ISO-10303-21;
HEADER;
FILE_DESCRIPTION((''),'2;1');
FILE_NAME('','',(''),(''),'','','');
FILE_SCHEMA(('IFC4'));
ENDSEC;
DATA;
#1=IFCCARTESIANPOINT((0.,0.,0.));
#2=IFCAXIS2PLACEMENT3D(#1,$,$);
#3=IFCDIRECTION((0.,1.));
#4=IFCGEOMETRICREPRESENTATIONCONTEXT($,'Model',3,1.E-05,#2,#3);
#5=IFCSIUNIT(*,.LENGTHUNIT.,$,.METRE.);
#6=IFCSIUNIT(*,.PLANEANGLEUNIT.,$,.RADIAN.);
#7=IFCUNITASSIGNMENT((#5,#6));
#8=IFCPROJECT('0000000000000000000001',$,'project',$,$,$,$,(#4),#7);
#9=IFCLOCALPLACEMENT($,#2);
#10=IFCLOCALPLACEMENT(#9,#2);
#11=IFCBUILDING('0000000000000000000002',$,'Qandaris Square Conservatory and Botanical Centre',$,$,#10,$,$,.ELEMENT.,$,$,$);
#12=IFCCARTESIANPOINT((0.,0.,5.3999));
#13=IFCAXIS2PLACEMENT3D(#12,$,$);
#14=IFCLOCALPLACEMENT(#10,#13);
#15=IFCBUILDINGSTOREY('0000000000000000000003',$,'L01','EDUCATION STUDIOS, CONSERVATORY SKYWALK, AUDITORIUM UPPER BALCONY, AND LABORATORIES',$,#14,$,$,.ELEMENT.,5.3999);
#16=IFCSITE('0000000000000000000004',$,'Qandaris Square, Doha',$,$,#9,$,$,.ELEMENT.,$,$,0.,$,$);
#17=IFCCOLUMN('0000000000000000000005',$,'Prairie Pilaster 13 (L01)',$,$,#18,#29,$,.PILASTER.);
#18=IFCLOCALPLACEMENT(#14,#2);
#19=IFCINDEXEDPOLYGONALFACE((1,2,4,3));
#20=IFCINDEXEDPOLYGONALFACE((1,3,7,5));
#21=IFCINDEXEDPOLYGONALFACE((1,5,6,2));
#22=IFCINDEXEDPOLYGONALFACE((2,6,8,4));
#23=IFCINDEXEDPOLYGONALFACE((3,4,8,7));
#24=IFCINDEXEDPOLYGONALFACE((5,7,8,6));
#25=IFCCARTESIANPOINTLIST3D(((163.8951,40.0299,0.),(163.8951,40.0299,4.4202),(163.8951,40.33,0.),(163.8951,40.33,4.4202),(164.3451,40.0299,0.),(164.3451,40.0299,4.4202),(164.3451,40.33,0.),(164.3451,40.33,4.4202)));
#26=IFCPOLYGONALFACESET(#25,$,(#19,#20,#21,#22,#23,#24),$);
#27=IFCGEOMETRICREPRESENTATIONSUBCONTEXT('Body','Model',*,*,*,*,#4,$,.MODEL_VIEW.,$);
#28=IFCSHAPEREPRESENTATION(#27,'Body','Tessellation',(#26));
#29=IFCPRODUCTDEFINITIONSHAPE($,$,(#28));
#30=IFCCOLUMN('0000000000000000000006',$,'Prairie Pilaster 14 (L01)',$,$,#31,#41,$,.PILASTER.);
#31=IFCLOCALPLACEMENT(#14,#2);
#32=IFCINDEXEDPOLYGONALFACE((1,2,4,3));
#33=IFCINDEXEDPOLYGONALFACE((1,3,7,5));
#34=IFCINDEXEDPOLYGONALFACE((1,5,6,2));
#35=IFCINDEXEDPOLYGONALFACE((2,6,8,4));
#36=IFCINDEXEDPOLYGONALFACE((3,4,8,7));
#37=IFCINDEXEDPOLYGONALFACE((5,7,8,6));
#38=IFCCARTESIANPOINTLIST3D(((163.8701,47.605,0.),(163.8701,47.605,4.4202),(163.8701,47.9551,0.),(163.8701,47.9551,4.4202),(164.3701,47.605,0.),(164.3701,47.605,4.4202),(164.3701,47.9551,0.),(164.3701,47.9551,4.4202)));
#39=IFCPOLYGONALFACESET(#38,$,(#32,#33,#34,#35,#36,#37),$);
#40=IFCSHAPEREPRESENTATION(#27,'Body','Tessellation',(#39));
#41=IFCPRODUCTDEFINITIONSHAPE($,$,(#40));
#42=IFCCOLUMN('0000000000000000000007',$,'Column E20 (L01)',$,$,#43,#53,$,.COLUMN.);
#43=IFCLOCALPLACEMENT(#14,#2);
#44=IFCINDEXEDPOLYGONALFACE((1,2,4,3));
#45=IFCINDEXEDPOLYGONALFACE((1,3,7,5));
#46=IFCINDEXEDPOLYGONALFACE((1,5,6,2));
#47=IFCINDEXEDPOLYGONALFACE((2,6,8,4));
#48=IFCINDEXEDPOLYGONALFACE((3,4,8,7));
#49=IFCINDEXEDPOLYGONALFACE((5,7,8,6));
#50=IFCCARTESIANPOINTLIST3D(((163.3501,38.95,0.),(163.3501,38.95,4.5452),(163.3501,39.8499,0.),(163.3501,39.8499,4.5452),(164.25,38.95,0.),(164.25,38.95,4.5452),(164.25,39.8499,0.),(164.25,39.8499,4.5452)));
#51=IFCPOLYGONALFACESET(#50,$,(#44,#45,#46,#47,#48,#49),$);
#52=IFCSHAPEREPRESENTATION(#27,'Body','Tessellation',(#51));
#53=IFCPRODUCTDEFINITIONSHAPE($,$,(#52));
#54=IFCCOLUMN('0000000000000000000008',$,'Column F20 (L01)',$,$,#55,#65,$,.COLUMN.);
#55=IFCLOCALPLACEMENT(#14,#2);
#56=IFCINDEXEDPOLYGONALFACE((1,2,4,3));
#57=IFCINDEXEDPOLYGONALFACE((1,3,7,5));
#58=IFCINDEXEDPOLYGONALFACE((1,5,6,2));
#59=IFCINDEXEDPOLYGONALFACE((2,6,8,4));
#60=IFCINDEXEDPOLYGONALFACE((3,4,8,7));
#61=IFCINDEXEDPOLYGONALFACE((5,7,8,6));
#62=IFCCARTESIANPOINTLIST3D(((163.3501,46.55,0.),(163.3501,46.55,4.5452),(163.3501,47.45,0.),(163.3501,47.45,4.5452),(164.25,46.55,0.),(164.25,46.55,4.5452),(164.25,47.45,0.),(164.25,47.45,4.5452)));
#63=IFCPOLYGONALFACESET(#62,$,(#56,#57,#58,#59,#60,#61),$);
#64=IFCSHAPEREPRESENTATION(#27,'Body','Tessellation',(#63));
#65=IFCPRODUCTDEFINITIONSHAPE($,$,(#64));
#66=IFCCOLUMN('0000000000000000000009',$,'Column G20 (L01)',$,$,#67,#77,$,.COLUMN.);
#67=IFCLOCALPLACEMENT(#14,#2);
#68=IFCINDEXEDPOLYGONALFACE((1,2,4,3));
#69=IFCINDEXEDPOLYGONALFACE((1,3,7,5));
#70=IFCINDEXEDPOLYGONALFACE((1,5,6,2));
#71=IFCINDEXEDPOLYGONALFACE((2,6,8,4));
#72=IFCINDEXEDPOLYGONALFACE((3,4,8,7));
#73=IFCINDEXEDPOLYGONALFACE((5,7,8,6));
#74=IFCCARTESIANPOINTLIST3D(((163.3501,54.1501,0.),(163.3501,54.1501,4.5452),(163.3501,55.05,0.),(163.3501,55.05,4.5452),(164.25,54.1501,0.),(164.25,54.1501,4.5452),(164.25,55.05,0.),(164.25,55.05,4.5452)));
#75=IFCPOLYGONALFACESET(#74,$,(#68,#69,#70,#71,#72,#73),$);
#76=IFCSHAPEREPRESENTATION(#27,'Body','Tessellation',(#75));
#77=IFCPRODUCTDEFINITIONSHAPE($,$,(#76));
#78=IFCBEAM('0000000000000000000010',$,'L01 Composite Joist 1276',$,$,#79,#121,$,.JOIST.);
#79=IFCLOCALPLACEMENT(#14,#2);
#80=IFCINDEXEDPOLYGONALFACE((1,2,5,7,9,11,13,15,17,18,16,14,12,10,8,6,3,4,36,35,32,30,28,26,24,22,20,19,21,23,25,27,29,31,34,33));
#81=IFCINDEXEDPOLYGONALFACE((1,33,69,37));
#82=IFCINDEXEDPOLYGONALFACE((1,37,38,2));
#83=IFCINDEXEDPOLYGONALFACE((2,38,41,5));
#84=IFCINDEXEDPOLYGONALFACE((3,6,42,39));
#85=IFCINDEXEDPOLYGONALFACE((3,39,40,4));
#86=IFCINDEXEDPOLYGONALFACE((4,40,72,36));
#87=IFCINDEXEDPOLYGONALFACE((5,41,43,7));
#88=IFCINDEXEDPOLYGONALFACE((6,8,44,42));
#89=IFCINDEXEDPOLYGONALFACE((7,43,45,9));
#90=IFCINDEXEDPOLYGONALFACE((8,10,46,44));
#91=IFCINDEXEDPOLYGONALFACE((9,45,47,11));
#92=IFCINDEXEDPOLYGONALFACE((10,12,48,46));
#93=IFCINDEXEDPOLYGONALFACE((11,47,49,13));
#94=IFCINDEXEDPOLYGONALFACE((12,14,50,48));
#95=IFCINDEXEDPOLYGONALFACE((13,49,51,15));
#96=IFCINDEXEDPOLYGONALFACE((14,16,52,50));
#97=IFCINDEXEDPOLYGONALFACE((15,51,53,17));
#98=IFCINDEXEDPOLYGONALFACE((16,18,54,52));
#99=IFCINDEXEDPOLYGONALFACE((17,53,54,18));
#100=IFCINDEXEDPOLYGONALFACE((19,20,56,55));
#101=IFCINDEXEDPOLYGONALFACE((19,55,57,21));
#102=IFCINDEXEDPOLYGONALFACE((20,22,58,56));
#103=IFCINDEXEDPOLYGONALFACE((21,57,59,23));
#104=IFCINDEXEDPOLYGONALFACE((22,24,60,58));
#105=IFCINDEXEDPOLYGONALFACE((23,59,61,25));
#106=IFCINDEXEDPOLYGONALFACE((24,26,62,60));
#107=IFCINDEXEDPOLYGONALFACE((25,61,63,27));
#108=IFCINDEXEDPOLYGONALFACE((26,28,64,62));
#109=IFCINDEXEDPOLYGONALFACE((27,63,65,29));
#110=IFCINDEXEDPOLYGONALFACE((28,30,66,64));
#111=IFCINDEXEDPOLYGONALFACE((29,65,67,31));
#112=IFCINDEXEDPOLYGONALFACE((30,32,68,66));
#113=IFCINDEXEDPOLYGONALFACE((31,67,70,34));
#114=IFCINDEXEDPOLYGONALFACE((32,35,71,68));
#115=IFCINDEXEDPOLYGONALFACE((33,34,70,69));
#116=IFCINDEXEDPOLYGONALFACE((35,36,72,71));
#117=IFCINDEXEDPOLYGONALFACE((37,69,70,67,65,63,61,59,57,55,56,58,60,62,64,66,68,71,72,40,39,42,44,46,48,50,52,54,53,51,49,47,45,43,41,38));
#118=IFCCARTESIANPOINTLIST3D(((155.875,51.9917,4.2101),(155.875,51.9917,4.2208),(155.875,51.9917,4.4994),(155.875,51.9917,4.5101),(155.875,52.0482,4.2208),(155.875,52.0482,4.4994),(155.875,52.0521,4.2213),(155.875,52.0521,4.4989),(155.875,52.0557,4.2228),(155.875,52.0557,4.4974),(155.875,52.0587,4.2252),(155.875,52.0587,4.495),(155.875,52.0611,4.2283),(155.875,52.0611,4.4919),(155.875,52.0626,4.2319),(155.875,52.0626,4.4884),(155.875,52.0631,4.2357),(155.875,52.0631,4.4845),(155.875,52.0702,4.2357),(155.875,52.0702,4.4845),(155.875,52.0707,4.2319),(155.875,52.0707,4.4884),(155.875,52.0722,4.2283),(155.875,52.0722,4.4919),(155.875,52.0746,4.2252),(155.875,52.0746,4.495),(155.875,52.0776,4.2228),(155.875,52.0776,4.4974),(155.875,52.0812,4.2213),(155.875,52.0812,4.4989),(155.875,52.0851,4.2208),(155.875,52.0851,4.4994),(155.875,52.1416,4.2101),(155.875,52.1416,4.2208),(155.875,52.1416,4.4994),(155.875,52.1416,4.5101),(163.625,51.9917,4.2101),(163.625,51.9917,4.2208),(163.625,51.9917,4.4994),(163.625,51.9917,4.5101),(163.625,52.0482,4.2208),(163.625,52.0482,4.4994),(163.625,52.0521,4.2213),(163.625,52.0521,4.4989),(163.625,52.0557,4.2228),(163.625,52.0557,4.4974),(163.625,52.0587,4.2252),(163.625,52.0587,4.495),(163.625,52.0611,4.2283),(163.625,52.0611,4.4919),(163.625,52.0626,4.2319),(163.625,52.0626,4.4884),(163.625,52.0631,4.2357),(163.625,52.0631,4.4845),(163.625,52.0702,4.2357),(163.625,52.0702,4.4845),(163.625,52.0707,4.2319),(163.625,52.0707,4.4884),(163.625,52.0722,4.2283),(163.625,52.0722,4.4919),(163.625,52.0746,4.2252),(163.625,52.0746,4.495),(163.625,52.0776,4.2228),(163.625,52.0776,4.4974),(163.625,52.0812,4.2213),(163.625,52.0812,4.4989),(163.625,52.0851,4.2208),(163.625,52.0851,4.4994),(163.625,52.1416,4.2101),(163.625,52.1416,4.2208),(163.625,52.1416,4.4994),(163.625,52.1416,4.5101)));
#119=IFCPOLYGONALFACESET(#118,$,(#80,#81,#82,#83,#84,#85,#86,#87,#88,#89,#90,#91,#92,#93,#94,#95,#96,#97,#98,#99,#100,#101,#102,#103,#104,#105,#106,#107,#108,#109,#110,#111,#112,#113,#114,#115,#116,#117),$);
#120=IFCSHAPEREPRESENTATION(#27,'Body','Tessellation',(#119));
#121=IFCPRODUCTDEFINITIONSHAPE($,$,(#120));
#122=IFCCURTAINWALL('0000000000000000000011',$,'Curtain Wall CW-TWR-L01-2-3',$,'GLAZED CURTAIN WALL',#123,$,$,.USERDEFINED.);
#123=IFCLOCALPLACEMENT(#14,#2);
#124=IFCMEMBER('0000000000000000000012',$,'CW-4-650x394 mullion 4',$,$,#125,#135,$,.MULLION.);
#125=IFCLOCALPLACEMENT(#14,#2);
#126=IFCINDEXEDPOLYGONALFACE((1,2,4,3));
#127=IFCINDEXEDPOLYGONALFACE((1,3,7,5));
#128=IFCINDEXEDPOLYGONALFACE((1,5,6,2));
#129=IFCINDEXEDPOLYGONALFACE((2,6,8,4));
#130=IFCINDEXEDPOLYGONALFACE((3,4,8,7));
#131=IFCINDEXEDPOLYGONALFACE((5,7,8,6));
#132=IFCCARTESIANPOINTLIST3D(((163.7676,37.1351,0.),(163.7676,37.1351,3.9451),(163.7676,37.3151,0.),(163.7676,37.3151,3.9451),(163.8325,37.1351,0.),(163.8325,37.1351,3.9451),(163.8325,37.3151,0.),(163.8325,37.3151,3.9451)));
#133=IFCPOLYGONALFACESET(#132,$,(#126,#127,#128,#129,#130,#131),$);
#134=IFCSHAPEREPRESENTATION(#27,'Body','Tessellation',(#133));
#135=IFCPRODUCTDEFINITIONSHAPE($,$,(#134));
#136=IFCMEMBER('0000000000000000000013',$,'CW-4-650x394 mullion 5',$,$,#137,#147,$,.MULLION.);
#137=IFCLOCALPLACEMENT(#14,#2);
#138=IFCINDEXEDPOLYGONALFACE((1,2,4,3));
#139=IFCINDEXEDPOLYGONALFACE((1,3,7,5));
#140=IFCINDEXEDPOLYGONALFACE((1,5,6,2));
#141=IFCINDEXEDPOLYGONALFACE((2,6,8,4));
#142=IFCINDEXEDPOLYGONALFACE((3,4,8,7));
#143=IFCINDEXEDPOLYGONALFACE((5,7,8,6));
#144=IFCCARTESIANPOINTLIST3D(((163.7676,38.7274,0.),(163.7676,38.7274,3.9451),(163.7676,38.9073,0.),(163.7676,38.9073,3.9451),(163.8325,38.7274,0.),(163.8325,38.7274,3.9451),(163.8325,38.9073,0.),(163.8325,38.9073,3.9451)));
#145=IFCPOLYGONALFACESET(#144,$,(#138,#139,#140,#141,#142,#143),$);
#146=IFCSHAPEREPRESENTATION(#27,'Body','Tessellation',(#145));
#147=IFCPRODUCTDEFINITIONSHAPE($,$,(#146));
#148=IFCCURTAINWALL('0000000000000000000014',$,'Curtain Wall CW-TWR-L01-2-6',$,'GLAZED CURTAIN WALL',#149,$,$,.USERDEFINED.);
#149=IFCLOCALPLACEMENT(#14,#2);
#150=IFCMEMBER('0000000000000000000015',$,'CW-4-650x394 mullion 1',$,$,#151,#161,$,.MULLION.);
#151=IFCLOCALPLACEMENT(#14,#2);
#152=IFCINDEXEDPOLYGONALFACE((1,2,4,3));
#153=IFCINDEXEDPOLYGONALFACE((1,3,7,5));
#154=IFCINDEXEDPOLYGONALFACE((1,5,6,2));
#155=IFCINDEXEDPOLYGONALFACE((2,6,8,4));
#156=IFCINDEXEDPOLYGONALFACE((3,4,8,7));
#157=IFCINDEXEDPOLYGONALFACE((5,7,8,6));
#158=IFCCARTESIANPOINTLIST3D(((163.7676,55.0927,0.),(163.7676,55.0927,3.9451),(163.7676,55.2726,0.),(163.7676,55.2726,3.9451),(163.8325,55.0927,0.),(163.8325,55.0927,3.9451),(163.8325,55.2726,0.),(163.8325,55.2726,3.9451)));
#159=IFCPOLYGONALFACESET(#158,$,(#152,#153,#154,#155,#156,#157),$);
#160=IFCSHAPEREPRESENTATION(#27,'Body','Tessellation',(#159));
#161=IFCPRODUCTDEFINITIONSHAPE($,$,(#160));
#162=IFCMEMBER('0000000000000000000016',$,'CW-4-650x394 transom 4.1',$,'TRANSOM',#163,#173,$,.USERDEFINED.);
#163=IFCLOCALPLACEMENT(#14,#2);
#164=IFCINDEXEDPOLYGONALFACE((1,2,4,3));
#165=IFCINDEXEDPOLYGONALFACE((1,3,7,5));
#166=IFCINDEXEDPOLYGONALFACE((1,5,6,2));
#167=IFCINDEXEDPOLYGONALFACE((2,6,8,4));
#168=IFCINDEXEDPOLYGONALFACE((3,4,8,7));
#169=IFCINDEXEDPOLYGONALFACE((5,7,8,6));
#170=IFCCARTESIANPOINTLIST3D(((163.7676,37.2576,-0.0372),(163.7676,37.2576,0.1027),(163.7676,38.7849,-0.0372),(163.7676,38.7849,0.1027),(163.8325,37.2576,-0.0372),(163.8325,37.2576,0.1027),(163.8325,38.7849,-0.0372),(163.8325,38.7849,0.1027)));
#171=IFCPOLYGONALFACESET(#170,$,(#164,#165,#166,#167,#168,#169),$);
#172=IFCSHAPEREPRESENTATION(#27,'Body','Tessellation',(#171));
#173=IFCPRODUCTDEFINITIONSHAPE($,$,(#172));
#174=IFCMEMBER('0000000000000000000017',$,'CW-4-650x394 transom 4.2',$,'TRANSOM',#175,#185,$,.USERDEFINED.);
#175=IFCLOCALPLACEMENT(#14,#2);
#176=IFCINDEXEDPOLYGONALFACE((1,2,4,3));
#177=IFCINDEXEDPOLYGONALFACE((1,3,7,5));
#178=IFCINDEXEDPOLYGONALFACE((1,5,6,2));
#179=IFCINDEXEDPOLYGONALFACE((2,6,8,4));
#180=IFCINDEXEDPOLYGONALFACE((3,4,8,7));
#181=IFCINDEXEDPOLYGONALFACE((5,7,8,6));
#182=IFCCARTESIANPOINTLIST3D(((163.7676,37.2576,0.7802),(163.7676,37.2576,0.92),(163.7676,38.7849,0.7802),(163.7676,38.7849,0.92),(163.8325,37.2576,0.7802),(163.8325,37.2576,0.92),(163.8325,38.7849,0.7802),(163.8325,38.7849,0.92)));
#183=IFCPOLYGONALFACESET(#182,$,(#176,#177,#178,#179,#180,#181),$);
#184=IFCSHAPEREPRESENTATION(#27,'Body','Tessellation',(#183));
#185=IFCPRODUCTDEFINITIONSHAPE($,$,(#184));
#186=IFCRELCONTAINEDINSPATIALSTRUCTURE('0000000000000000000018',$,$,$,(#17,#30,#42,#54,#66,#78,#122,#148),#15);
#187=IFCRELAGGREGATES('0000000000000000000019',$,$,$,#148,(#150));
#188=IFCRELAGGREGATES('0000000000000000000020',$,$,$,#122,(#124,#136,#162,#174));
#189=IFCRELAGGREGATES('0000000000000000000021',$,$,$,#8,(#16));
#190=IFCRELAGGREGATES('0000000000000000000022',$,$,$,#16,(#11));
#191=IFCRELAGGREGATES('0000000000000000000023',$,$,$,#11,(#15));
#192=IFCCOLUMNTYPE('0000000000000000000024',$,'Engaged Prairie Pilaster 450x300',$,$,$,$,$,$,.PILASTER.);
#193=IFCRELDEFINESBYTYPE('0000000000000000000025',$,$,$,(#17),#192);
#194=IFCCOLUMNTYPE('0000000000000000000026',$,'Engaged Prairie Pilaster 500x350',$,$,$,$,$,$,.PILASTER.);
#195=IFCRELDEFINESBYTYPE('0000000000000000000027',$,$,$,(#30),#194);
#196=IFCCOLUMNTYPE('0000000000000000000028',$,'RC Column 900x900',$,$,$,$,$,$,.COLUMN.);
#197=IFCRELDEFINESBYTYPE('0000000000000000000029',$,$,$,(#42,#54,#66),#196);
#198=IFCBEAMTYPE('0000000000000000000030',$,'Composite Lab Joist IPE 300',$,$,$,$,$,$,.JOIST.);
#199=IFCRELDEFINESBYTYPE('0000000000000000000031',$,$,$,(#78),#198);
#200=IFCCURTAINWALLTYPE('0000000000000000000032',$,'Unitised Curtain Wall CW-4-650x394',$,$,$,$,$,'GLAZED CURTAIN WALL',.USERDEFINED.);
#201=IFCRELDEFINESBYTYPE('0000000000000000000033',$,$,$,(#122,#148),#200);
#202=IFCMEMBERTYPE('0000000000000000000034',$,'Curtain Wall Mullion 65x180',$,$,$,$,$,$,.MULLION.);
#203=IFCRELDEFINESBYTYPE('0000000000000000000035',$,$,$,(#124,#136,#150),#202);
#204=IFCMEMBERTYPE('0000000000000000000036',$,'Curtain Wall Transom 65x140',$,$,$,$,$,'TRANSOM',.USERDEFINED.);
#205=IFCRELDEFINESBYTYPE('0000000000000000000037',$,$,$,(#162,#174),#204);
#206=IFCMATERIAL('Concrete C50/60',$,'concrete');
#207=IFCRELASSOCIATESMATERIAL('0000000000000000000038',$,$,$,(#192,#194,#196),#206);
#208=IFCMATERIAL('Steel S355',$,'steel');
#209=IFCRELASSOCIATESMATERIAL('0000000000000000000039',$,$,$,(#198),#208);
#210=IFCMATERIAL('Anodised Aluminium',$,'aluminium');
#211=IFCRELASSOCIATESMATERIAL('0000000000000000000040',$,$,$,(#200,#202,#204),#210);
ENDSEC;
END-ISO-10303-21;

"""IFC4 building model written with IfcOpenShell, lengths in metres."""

from ifc_helpers import new_model, si_unit, direction, frame, origin, origin_2d, place, context, subcontext, project, spatial, rectangle, i_section, extrude, material, material_profile, profile_set, type_object, element, aggregate, save


model = new_model("IFC4")

# Units and contexts
model_context = context("Model", 3, precision=1e-05, world=origin(), true_north=direction((0.0, 1.0)))
body_context = subcontext(model_context, "Body", "Model", "MODEL_VIEW")
ifc_project = project(units=[si_unit("LENGTHUNIT", "METRE"), si_unit("PLANEANGLEUNIT", "RADIAN")], contexts=[model_context])

# Site, building, storey
site_placement = place(None, origin())
site = spatial("IfcSite", under=ifc_project, at=site_placement, Name="Qandaris Square, Doha", CompositionType="ELEMENT", RefElevation=0.0)
building_placement = place(site_placement, origin())
building = spatial("IfcBuilding", under=site, at=building_placement, Name="Qandaris Square Conservatory and Botanical Centre", CompositionType="ELEMENT")
storey_placement = place(building_placement, frame((0.0, 0.0, 5.3999)))
storey = spatial("IfcBuildingStorey", under=building, at=storey_placement, Name="L01", Description="EDUCATION STUDIOS, CONSERVATORY SKYWALK, AUDITORIUM UPPER BALCONY, AND LABORATORIES", CompositionType="ELEMENT", Elevation=5.3999)

# Columns
ifc_material_1 = material(Name="Concrete C50/60", Category="concrete")
ifc_material_profile_1 = material_profile(ifc_material_1, rectangle(XDim=0.45, YDim=0.3, at=origin_2d()), Name="RC-PIL 450x300")
ifc_profile_set_1 = profile_set([ifc_material_profile_1], Name="Concrete C50/60")
column_type_1 = type_object("IfcColumnType", Name="Engaged Prairie Pilaster 450x300", PredefinedType="PILASTER", material=ifc_profile_set_1)
column_1_placement = place(storey_placement, frame((164.1201, 40.1799, 0.0), z_axis=(0.0, 0.0, 1.0), x_axis=(1.0, 0.0, 0.0)))
element("IfcColumn", 1, at=column_1_placement, inside=storey, type_object=column_type_1, Name="Prairie Pilaster 13 (L01)", PredefinedType="PILASTER", context=body_context, shape_type="SweptSolid", body=[
    extrude(rectangle(XDim=0.45, YDim=0.3, at=origin_2d()), origin(), (0.0, 0.0, 1.0), 4.4202),
])
ifc_material_profile_2 = material_profile(ifc_material_1, rectangle(XDim=0.5, YDim=0.3501, at=origin_2d()), Name="RC-PIL 500x350")
ifc_profile_set_2 = profile_set([ifc_material_profile_2], Name="Concrete C50/60")
column_type_2 = type_object("IfcColumnType", Name="Engaged Prairie Pilaster 500x350", PredefinedType="PILASTER", material=ifc_profile_set_2)
column_2_placement = place(storey_placement, frame((164.1201, 47.78, 0.0), z_axis=(0.0, 0.0, 1.0), x_axis=(1.0, 0.0, 0.0)))
element("IfcColumn", 2, at=column_2_placement, inside=storey, type_object=column_type_2, Name="Prairie Pilaster 14 (L01)", PredefinedType="PILASTER", context=body_context, shape_type="SweptSolid", body=[
    extrude(rectangle(XDim=0.5, YDim=0.3501, at=origin_2d()), origin(), (0.0, 0.0, 1.0), 4.4202),
])
ifc_material_profile_3 = material_profile(ifc_material_1, rectangle(XDim=0.8999, YDim=0.8999, at=origin_2d()), Name="RC-COL 900x900")
ifc_profile_set_3 = profile_set([ifc_material_profile_3], Name="Concrete C50/60")
column_type_3 = type_object("IfcColumnType", Name="RC Column 900x900", PredefinedType="COLUMN", material=ifc_profile_set_3)
for number, where, z_axis, x_axis, name in (
    (3, (163.8, 39.3999, 0.0), (0.0, 0.0, 1.0), (1.0, 0.0, 0.0), "Column E20 (L01)"),
    (4, (163.8, 47.0, 0.0), (0.0, 0.0, 1.0), (1.0, 0.0, 0.0), "Column F20 (L01)"),
    (5, (163.8, 54.6001, 0.0), (0.0, 0.0, 1.0), (1.0, 0.0, 0.0), "Column G20 (L01)"),
):
    element("IfcColumn", number, at=place(storey_placement, frame(where, z_axis=z_axis, x_axis=x_axis)), inside=storey, type_object=column_type_3, Name=name, PredefinedType="COLUMN", context=body_context, shape_type="SweptSolid", body=[
        extrude(rectangle(XDim=0.8999, YDim=0.8999, at=origin_2d()), origin(), (0.0, 0.0, 1.0), 4.5452),
    ])

# Beam
ifc_material_2 = material(Name="Steel S355", Category="steel")
ifc_material_profile_4 = material_profile(ifc_material_2, i_section(OverallWidth=0.1499, OverallDepth=0.3, WebThickness=0.0071, FlangeThickness=0.0107, FilletRadius=0.0149, at=origin_2d()), Name="IPE 300")
ifc_profile_set_4 = profile_set([ifc_material_profile_4], Name="Steel S355")
beam_type_1 = type_object("IfcBeamType", Name="Composite Lab Joist IPE 300", PredefinedType="JOIST", material=ifc_profile_set_4)
beam_1_placement = place(storey_placement, frame((155.875, 52.0667, 4.3601), z_axis=(1.0, 0.0, 0.0), x_axis=(0.0, 1.0, 0.0)))
element("IfcBeam", 6, at=beam_1_placement, inside=storey, type_object=beam_type_1, Name="L01 Composite Joist 1276", PredefinedType="JOIST", context=body_context, shape_type="SweptSolid", body=[
    extrude(i_section(OverallWidth=0.1499, OverallDepth=0.3, WebThickness=0.0071, FlangeThickness=0.0107, FilletRadius=0.0149, at=origin_2d()), origin(), (0.0, 0.0, 1.0), 7.75),
])

# Curtain wall, members
ifc_material_3 = material(Name="Anodised Aluminium", Category="aluminium")
curtain_wall_type = type_object("IfcCurtainWallType", Name="Unitised Curtain Wall CW-4-650x394", ElementType="GLAZED CURTAIN WALL", PredefinedType="USERDEFINED", material=ifc_material_3)
curtain_wall_1_placement = place(storey_placement, origin())
curtain_wall_1 = element("IfcCurtainWall", 7, at=curtain_wall_1_placement, inside=storey, type_object=curtain_wall_type, Name="Curtain Wall CW-TWR-L01-2-3", ObjectType="GLAZED CURTAIN WALL", PredefinedType="USERDEFINED")
ifc_material_profile_5 = material_profile(ifc_material_3, rectangle(XDim=0.0649, YDim=0.1799, at=origin_2d()), Name="ALU-MUL 65x180")
ifc_profile_set_5 = profile_set([ifc_material_profile_5], Name="Anodised Aluminium")
member_type_1 = type_object("IfcMemberType", Name="Curtain Wall Mullion 65x180", PredefinedType="MULLION", material=ifc_profile_set_5)
member_1_placement = place(storey_placement, frame((163.8, 37.2251, 0.0), z_axis=(0.0, 0.0, 1.0), x_axis=(-1.0, 0.0, 0.0)))
member_1 = element("IfcMember", 8, at=member_1_placement, type_object=member_type_1, Name="CW-4-650x394 mullion 4", PredefinedType="MULLION", context=body_context, shape_type="SweptSolid", body=[
    extrude(rectangle(XDim=0.0649, YDim=0.1799, at=origin_2d()), origin(), (0.0, 0.0, 1.0), 3.9451),
])
member_2_placement = place(storey_placement, frame((163.8, 38.8174, 0.0), z_axis=(0.0, 0.0, 1.0), x_axis=(-1.0, 0.0, 0.0)))
member_2 = element("IfcMember", 9, at=member_2_placement, type_object=member_type_1, Name="CW-4-650x394 mullion 5", PredefinedType="MULLION", context=body_context, shape_type="SweptSolid", body=[
    extrude(rectangle(XDim=0.0649, YDim=0.1799, at=origin_2d()), origin(), (0.0, 0.0, 1.0), 3.9451),
])

# Curtain wall, member
curtain_wall_2_placement = place(storey_placement, origin())
curtain_wall_2 = element("IfcCurtainWall", 10, at=curtain_wall_2_placement, inside=storey, type_object=curtain_wall_type, Name="Curtain Wall CW-TWR-L01-2-6", ObjectType="GLAZED CURTAIN WALL", PredefinedType="USERDEFINED")
member_3_placement = place(storey_placement, frame((163.8, 55.1826, 0.0), z_axis=(0.0, 0.0, 1.0), x_axis=(-1.0, 0.0, 0.0)))
member_3 = element("IfcMember", 11, at=member_3_placement, type_object=member_type_1, Name="CW-4-650x394 mullion 1", PredefinedType="MULLION", context=body_context, shape_type="SweptSolid", body=[
    extrude(rectangle(XDim=0.0649, YDim=0.1799, at=origin_2d()), origin(), (0.0, 0.0, 1.0), 3.9451),
])

# Members
ifc_material_profile_6 = material_profile(ifc_material_3, rectangle(XDim=0.0649, YDim=0.1399, at=origin_2d()), Name="ALU-TRN 65x140")
ifc_profile_set_6 = profile_set([ifc_material_profile_6], Name="Anodised Aluminium")
member_type_2 = type_object("IfcMemberType", Name="Curtain Wall Transom 65x140", ElementType="TRANSOM", PredefinedType="USERDEFINED", material=ifc_profile_set_6)
member_4_placement = place(storey_placement, frame((163.8, 37.2576, 0.0327), z_axis=(0.0, 1.0, 0.0), x_axis=(-1.0, 0.0, 0.0)))
member_4 = element("IfcMember", 12, at=member_4_placement, type_object=member_type_2, Name="CW-4-650x394 transom 4.1", ObjectType="TRANSOM", PredefinedType="USERDEFINED", context=body_context, shape_type="SweptSolid", body=[
    extrude(rectangle(XDim=0.0649, YDim=0.1399, at=origin_2d()), origin(), (0.0, 0.0, 1.0), 1.5273),
])
member_5_placement = place(storey_placement, frame((163.8, 37.2576, 0.8501), z_axis=(0.0, 1.0, 0.0), x_axis=(-1.0, 0.0, 0.0)))
member_5 = element("IfcMember", 13, at=member_5_placement, type_object=member_type_2, Name="CW-4-650x394 transom 4.2", ObjectType="TRANSOM", PredefinedType="USERDEFINED", context=body_context, shape_type="SweptSolid", body=[
    extrude(rectangle(XDim=0.0649, YDim=0.1399, at=origin_2d()), origin(), (0.0, 0.0, 1.0), 1.5273),
])
aggregate(curtain_wall_2, [member_3])

aggregate(curtain_wall_1, [member_1, member_2, member_4, member_5])

save(model, "model.ifc")
